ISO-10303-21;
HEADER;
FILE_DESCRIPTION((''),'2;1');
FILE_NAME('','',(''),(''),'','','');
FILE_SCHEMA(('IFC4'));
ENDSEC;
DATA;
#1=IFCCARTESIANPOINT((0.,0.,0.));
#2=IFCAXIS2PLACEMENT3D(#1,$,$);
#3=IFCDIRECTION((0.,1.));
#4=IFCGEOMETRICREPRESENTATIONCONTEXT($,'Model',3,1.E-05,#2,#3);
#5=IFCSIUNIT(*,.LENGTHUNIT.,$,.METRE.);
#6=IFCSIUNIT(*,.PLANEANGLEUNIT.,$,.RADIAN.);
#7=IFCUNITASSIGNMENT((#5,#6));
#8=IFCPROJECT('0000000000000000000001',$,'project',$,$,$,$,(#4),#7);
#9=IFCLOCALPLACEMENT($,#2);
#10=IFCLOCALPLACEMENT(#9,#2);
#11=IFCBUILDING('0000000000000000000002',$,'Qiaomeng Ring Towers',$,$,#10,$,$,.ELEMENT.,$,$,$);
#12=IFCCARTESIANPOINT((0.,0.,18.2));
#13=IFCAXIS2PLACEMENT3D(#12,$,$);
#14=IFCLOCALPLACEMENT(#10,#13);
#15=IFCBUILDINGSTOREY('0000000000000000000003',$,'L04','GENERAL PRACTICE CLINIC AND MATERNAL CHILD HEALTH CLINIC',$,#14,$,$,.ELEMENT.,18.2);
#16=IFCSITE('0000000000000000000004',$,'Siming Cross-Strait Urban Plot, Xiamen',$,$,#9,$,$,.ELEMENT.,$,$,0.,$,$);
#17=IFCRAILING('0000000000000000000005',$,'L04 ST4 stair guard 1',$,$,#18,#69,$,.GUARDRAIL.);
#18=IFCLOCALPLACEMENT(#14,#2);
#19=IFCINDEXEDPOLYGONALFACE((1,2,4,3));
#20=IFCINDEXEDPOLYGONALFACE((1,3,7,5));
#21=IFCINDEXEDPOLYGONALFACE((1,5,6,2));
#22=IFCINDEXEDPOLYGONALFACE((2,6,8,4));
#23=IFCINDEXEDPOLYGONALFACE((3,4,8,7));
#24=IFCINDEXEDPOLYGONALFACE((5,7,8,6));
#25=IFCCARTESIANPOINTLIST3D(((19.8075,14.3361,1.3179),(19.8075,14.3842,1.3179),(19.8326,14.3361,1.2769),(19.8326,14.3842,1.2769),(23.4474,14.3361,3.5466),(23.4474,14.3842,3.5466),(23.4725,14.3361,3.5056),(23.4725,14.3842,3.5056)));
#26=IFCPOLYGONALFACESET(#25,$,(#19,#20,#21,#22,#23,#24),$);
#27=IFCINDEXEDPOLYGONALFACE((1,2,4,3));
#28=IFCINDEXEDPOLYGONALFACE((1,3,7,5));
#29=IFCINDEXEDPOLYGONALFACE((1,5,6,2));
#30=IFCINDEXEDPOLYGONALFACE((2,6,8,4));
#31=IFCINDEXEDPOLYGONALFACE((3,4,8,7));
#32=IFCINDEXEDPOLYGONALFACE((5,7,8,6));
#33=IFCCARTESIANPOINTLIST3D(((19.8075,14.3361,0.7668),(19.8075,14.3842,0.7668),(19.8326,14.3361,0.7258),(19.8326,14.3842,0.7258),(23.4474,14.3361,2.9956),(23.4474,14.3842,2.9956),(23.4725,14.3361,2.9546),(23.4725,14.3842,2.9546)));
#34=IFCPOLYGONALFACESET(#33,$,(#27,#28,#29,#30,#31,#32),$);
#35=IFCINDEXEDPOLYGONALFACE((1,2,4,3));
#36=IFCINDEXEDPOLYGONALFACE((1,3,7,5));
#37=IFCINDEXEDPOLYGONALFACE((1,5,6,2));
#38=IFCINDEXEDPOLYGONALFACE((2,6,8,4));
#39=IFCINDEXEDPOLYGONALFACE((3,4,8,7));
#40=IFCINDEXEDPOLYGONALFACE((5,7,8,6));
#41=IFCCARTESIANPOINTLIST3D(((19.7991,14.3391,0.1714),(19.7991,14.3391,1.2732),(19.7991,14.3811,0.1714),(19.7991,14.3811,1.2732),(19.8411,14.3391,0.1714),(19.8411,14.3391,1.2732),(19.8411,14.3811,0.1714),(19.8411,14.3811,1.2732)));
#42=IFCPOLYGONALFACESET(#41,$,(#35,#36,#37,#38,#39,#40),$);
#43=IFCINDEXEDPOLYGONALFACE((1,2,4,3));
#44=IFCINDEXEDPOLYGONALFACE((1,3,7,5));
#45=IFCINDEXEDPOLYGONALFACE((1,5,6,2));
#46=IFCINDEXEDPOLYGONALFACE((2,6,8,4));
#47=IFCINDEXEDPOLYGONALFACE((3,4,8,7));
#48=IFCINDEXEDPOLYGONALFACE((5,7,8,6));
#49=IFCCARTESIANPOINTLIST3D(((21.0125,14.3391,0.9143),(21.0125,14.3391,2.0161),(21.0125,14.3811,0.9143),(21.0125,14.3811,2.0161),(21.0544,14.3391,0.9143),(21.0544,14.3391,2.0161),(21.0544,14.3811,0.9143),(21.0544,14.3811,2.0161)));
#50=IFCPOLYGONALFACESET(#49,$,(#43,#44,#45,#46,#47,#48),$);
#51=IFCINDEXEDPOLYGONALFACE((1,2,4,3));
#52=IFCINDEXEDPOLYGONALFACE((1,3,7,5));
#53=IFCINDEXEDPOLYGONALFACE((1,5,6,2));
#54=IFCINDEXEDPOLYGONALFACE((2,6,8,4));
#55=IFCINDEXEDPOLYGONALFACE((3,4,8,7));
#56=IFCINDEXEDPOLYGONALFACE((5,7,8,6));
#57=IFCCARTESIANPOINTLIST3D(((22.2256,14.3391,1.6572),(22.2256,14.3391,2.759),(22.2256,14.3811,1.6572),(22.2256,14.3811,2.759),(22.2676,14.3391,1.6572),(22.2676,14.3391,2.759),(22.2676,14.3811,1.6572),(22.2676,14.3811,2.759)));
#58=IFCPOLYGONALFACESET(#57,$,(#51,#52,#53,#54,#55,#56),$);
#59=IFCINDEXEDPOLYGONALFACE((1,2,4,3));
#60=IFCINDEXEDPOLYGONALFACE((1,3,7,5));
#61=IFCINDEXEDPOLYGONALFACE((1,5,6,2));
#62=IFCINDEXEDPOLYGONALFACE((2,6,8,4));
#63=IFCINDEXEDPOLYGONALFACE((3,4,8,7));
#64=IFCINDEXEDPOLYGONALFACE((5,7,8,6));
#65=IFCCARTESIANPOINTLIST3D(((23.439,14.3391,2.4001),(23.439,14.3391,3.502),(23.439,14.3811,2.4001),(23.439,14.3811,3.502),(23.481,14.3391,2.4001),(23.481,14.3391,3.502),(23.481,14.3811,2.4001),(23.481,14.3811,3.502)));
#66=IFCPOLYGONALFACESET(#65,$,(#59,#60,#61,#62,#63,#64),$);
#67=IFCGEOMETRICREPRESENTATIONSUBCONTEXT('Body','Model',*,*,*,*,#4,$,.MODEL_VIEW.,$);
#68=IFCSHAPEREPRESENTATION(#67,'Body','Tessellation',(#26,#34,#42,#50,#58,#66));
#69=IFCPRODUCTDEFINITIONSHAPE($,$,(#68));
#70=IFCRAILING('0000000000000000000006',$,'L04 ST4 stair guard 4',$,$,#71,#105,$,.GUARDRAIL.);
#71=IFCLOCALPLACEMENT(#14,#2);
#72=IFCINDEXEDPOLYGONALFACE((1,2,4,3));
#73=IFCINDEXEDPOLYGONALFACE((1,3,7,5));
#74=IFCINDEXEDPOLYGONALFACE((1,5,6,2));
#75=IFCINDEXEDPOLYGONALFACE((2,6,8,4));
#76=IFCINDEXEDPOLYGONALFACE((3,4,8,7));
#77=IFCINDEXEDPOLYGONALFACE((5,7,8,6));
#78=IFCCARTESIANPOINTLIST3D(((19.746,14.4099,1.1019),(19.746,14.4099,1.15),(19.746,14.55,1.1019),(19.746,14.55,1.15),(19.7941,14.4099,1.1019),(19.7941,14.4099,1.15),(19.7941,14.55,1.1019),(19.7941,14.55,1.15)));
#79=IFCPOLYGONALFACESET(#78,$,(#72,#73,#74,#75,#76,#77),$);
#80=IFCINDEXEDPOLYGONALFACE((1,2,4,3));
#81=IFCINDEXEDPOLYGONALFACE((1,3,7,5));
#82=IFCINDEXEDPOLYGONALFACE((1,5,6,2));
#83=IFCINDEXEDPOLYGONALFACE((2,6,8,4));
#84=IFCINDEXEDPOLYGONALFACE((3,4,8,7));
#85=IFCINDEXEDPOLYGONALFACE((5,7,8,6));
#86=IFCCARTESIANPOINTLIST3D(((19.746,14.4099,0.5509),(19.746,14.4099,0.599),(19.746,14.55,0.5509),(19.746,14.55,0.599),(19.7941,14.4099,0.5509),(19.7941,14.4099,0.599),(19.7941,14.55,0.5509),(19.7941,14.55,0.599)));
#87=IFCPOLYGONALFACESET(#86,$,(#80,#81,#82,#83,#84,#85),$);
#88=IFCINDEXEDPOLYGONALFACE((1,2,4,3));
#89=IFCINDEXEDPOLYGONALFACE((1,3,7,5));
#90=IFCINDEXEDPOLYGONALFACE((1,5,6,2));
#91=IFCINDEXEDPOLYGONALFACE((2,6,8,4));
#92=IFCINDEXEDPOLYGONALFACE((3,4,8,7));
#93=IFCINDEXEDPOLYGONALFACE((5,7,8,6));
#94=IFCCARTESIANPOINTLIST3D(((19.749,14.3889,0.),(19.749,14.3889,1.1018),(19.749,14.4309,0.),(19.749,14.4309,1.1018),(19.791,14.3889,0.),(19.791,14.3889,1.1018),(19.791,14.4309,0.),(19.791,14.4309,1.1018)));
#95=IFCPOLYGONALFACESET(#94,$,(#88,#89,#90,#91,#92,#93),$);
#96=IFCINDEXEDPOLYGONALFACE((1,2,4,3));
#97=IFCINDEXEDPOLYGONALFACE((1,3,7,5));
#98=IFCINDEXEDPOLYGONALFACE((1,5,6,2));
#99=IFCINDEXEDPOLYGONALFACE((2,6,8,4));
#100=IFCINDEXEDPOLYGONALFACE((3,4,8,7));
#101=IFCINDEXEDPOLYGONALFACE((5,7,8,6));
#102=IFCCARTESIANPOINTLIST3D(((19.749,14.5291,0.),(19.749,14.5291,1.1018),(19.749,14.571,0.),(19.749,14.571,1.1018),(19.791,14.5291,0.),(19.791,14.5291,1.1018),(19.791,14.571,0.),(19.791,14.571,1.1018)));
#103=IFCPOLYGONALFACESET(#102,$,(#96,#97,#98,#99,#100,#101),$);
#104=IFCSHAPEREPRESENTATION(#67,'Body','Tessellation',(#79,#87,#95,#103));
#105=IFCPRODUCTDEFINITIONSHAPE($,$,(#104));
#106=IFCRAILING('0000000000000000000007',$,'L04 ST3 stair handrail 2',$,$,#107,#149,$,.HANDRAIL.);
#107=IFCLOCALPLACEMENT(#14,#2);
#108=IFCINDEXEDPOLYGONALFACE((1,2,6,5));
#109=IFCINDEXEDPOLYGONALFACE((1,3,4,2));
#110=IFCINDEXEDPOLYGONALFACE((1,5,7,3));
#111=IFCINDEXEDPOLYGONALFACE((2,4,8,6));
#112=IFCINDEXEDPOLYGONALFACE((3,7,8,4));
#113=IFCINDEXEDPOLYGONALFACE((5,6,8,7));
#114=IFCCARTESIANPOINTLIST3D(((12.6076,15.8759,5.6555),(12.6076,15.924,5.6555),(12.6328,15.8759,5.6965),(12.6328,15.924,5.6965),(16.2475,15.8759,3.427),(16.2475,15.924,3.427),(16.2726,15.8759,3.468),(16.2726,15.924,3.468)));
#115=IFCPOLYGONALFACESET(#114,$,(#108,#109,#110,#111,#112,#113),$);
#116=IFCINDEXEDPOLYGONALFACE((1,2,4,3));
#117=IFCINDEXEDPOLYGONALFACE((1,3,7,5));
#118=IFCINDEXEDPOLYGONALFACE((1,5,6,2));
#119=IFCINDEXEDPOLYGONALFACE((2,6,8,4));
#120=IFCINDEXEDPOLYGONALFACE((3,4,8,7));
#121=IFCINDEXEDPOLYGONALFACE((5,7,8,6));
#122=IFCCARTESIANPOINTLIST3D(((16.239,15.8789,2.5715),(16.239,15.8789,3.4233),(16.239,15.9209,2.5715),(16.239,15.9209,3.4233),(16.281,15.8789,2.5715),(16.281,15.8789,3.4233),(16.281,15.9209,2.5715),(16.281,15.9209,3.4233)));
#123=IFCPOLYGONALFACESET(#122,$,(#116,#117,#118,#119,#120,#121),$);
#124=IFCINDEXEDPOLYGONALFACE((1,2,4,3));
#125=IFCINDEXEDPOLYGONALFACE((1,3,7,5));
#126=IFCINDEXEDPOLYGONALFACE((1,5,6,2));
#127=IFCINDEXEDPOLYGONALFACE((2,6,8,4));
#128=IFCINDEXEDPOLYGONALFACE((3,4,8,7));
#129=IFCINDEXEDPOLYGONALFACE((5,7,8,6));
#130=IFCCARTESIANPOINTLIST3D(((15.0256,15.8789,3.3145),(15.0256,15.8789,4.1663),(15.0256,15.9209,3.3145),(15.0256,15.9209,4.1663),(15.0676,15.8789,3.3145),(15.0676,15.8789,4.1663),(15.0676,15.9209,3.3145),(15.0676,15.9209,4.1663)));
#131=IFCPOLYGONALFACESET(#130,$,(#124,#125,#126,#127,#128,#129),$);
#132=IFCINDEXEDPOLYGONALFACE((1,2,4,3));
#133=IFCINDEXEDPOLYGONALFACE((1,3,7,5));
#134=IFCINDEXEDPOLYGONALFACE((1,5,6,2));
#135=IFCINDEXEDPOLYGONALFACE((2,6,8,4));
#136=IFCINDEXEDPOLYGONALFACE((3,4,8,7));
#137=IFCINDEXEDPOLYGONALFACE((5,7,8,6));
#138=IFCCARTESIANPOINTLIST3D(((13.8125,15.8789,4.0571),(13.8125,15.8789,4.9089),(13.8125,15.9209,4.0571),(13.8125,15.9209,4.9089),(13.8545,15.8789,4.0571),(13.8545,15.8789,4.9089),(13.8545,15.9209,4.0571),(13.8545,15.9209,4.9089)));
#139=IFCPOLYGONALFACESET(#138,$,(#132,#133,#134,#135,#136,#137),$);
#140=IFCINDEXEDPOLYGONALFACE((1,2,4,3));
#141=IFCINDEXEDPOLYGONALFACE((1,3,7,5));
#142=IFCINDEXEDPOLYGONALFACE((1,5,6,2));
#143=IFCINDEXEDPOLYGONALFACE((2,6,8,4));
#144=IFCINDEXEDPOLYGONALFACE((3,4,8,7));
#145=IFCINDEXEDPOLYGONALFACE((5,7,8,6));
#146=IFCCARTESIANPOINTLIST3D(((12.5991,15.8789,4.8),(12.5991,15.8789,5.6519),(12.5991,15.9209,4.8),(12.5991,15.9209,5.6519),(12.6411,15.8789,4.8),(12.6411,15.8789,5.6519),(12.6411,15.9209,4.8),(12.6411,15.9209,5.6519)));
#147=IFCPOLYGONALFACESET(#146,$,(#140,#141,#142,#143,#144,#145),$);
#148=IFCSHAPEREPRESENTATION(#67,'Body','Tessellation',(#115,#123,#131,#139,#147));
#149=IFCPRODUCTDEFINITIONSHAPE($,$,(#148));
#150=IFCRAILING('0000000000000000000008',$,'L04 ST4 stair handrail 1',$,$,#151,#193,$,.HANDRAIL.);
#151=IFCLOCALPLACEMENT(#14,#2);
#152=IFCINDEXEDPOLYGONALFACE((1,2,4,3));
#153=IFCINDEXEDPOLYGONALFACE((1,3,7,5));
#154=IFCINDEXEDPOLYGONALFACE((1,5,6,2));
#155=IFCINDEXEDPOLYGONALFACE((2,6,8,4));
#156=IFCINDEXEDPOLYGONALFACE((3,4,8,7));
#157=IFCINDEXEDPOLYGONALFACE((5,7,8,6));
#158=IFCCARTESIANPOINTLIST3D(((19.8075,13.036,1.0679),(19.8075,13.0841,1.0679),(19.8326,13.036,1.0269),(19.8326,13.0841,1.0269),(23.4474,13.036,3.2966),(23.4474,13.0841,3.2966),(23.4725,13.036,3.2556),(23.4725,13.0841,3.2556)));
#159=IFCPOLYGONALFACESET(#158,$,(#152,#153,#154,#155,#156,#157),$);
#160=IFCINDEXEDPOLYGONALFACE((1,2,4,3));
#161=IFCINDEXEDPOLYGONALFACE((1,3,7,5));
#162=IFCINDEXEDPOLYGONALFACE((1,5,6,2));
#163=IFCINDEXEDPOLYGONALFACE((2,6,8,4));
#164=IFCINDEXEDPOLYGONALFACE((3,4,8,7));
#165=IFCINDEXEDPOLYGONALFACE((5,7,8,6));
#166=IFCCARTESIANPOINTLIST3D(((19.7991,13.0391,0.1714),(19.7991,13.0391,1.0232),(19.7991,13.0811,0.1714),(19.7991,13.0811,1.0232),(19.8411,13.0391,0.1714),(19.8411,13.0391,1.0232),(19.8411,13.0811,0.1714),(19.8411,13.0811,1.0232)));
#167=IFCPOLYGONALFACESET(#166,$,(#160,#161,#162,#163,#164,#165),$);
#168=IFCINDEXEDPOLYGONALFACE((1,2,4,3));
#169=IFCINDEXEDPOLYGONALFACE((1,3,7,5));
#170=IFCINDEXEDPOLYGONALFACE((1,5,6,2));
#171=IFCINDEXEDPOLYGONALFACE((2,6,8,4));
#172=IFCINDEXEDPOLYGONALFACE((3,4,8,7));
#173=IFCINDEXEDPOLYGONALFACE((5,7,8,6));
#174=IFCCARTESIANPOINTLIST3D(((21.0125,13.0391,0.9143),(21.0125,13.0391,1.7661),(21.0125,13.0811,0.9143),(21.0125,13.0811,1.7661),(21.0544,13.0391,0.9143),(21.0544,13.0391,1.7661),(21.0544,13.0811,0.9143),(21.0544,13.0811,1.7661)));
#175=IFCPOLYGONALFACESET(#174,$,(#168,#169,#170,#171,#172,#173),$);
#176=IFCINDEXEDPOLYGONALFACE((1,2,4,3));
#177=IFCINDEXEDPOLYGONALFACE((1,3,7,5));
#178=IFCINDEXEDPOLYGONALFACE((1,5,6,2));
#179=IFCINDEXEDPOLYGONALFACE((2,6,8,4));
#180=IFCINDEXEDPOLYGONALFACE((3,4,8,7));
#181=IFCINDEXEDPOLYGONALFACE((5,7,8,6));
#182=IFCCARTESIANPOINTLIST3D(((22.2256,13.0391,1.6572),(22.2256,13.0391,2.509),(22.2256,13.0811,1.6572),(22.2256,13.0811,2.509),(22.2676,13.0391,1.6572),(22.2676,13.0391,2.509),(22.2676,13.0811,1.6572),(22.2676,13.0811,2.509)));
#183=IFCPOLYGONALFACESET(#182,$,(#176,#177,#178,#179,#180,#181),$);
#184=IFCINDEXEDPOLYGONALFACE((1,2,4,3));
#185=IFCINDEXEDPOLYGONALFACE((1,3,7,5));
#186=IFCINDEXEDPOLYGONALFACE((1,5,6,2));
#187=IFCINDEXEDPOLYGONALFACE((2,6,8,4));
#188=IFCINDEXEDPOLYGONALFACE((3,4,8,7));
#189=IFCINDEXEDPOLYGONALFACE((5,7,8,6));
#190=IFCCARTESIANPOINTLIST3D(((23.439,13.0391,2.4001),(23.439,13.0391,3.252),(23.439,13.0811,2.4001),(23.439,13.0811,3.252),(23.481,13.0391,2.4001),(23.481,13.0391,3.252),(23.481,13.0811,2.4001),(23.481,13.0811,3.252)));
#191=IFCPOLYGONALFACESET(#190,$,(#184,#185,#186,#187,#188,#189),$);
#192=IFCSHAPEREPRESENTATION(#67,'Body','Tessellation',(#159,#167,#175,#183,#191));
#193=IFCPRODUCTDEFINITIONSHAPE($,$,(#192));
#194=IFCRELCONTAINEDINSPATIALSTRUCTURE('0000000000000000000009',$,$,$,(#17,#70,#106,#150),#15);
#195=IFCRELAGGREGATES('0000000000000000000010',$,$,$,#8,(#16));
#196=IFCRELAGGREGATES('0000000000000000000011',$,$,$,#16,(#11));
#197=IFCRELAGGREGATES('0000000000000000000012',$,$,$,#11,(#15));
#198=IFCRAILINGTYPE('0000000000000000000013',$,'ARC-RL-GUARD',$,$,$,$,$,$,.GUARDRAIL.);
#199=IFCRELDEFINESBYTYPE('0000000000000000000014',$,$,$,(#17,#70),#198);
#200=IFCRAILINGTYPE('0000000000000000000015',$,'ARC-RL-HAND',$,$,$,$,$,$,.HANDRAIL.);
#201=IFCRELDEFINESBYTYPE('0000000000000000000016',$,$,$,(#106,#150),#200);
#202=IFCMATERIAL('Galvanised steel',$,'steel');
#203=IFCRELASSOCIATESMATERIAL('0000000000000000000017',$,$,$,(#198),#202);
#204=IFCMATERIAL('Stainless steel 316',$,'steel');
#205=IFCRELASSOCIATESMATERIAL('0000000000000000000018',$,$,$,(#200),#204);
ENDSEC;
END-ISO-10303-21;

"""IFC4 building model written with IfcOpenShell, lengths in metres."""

from ifc_helpers import new_model, si_unit, direction, frame, origin, origin_2d, place, context, subcontext, project, spatial, rectangle, extrude, material, type_object, element, save


model = new_model("IFC4")

# Units and contexts
model_context = context("Model", 3, precision=1e-05, world=origin(), true_north=direction((0.0, 1.0)))
body_context = subcontext(model_context, "Body", "Model", "MODEL_VIEW")
ifc_project = project(units=[si_unit("LENGTHUNIT", "METRE"), si_unit("PLANEANGLEUNIT", "RADIAN")], contexts=[model_context])

# Site, building, storey
site_placement = place(None, origin())
site = spatial("IfcSite", under=ifc_project, at=site_placement, Name="Siming Cross-Strait Urban Plot, Xiamen", CompositionType="ELEMENT", RefElevation=0.0)
building_placement = place(site_placement, origin())
building = spatial("IfcBuilding", under=site, at=building_placement, Name="Qiaomeng Ring Towers", CompositionType="ELEMENT")
storey_placement = place(building_placement, frame((0.0, 0.0, 18.2)))
storey = spatial("IfcBuildingStorey", under=building, at=storey_placement, Name="L04", Description="GENERAL PRACTICE CLINIC AND MATERNAL CHILD HEALTH CLINIC", CompositionType="ELEMENT", Elevation=18.2)

# Shared definitions
ifc_material_1 = material(Name="Galvanised steel", Category="steel")

# Railings
railing_type_1 = type_object("IfcRailingType", Name="ARC-RL-GUARD", PredefinedType="GUARDRAIL", material=ifc_material_1)
railing_1_placement = place(storey_placement, frame((19.8201, 14.3601, 0.1714)))
element("IfcRailing", 1, at=railing_1_placement, inside=storey, type_object=railing_type_1, Name="L04 ST4 stair guard 1", PredefinedType="GUARDRAIL", context=body_context, shape_type="SweptSolid", body=[
    extrude(rectangle(XDim=0.0481, YDim=0.0481, at=origin_2d()), frame((0.0, 0.0, 1.126), z_axis=(0.852825, 0.0, 0.522197), x_axis=(0.0, 1.0, 0.0)), (0.0, 0.0, 1.0), 4.2681),
    extrude(rectangle(XDim=0.0481, YDim=0.0481, at=origin_2d()), frame((0.0, 0.0, 0.575), z_axis=(0.852825, 0.0, 0.522197), x_axis=(0.0, 1.0, 0.0)), (0.0, 0.0, 1.0), 4.2681),
    extrude(rectangle(XDim=0.042, YDim=0.042, at=origin_2d()), origin(), (0.0, 0.0, 1.0), 1.1018),
    extrude(rectangle(XDim=0.042, YDim=0.042, at=origin_2d()), frame((1.2134, 0.0, 0.7429)), (0.0, 0.0, 1.0), 1.1018),
    extrude(rectangle(XDim=0.042, YDim=0.042, at=origin_2d()), frame((2.4265, 0.0, 1.4858)), (0.0, 0.0, 1.0), 1.1018),
    extrude(rectangle(XDim=0.042, YDim=0.042, at=origin_2d()), frame((3.6399, 0.0, 2.2288)), (0.0, 0.0, 1.0), 1.1018),
])
railing_2_placement = place(storey_placement, frame((19.77, 14.4099, 0.0)))
element("IfcRailing", 2, at=railing_2_placement, inside=storey, type_object=railing_type_1, Name="L04 ST4 stair guard 4", PredefinedType="GUARDRAIL", context=body_context, shape_type="SweptSolid", body=[
    extrude(rectangle(XDim=0.0481, YDim=0.0481, at=origin_2d()), frame((0.0, 0.0, 1.126), z_axis=(0.0, 1.0, 0.0), x_axis=(-1.0, 0.0, 0.0)), (0.0, 0.0, 1.0), 0.1401),
    extrude(rectangle(XDim=0.0481, YDim=0.0481, at=origin_2d()), frame((0.0, 0.0, 0.575), z_axis=(0.0, 1.0, 0.0), x_axis=(-1.0, 0.0, 0.0)), (0.0, 0.0, 1.0), 0.1401),
    extrude(rectangle(XDim=0.042, YDim=0.042, at=origin_2d()), origin(), (0.0, 0.0, 1.0), 1.1018),
    extrude(rectangle(XDim=0.042, YDim=0.042, at=origin_2d()), frame((0.0, 0.1401, 0.0)), (0.0, 0.0, 1.0), 1.1018),
])
ifc_material_2 = material(Name="Stainless steel 316", Category="steel")
railing_type_2 = type_object("IfcRailingType", Name="ARC-RL-HAND", PredefinedType="HANDRAIL", material=ifc_material_2)
railing_3_placement = place(storey_placement, frame((16.26, 15.8999, 2.5715)))
element("IfcRailing", 3, at=railing_3_placement, inside=storey, type_object=railing_type_2, Name="L04 ST3 stair handrail 2", PredefinedType="HANDRAIL", context=body_context, shape_type="SweptSolid", body=[
    extrude(rectangle(XDim=0.0481, YDim=0.0481, at=origin_2d()), frame((0.0, 0.0, 0.876), z_axis=(-0.85285, 0.0, 0.522156), x_axis=(0.0, -1.0, 0.0)), (0.0, 0.0, 1.0), 4.2678),
    extrude(rectangle(XDim=0.042, YDim=0.042, at=origin_2d()), origin(), (0.0, 0.0, 1.0), 0.8518),
    extrude(rectangle(XDim=0.042, YDim=0.042, at=origin_2d()), frame((-1.2134, 0.0, 0.7429)), (0.0, 0.0, 1.0), 0.8518),
    extrude(rectangle(XDim=0.042, YDim=0.042, at=origin_2d()), frame((-2.4265, 0.0, 1.4856)), (0.0, 0.0, 1.0), 0.8518),
    extrude(rectangle(XDim=0.042, YDim=0.042, at=origin_2d()), frame((-3.6399, 0.0, 2.2285)), (0.0, 0.0, 1.0), 0.8518),
])
railing_4_placement = place(storey_placement, frame((19.8201, 13.0601, 0.1714)))
element("IfcRailing", 4, at=railing_4_placement, inside=storey, type_object=railing_type_2, Name="L04 ST4 stair handrail 1", PredefinedType="HANDRAIL", context=body_context, shape_type="SweptSolid", body=[
    extrude(rectangle(XDim=0.0481, YDim=0.0481, at=origin_2d()), frame((0.0, 0.0, 0.876), z_axis=(0.852825, 0.0, 0.522197), x_axis=(0.0, 1.0, 0.0)), (0.0, 0.0, 1.0), 4.2681),
    extrude(rectangle(XDim=0.042, YDim=0.042, at=origin_2d()), origin(), (0.0, 0.0, 1.0), 0.8518),
    extrude(rectangle(XDim=0.042, YDim=0.042, at=origin_2d()), frame((1.2134, 0.0, 0.7429)), (0.0, 0.0, 1.0), 0.8518),
    extrude(rectangle(XDim=0.042, YDim=0.042, at=origin_2d()), frame((2.4265, 0.0, 1.4858)), (0.0, 0.0, 1.0), 0.8518),
    extrude(rectangle(XDim=0.042, YDim=0.042, at=origin_2d()), frame((3.6399, 0.0, 2.2288)), (0.0, 0.0, 1.0), 0.8518),
])

save(model, "model.ifc")
